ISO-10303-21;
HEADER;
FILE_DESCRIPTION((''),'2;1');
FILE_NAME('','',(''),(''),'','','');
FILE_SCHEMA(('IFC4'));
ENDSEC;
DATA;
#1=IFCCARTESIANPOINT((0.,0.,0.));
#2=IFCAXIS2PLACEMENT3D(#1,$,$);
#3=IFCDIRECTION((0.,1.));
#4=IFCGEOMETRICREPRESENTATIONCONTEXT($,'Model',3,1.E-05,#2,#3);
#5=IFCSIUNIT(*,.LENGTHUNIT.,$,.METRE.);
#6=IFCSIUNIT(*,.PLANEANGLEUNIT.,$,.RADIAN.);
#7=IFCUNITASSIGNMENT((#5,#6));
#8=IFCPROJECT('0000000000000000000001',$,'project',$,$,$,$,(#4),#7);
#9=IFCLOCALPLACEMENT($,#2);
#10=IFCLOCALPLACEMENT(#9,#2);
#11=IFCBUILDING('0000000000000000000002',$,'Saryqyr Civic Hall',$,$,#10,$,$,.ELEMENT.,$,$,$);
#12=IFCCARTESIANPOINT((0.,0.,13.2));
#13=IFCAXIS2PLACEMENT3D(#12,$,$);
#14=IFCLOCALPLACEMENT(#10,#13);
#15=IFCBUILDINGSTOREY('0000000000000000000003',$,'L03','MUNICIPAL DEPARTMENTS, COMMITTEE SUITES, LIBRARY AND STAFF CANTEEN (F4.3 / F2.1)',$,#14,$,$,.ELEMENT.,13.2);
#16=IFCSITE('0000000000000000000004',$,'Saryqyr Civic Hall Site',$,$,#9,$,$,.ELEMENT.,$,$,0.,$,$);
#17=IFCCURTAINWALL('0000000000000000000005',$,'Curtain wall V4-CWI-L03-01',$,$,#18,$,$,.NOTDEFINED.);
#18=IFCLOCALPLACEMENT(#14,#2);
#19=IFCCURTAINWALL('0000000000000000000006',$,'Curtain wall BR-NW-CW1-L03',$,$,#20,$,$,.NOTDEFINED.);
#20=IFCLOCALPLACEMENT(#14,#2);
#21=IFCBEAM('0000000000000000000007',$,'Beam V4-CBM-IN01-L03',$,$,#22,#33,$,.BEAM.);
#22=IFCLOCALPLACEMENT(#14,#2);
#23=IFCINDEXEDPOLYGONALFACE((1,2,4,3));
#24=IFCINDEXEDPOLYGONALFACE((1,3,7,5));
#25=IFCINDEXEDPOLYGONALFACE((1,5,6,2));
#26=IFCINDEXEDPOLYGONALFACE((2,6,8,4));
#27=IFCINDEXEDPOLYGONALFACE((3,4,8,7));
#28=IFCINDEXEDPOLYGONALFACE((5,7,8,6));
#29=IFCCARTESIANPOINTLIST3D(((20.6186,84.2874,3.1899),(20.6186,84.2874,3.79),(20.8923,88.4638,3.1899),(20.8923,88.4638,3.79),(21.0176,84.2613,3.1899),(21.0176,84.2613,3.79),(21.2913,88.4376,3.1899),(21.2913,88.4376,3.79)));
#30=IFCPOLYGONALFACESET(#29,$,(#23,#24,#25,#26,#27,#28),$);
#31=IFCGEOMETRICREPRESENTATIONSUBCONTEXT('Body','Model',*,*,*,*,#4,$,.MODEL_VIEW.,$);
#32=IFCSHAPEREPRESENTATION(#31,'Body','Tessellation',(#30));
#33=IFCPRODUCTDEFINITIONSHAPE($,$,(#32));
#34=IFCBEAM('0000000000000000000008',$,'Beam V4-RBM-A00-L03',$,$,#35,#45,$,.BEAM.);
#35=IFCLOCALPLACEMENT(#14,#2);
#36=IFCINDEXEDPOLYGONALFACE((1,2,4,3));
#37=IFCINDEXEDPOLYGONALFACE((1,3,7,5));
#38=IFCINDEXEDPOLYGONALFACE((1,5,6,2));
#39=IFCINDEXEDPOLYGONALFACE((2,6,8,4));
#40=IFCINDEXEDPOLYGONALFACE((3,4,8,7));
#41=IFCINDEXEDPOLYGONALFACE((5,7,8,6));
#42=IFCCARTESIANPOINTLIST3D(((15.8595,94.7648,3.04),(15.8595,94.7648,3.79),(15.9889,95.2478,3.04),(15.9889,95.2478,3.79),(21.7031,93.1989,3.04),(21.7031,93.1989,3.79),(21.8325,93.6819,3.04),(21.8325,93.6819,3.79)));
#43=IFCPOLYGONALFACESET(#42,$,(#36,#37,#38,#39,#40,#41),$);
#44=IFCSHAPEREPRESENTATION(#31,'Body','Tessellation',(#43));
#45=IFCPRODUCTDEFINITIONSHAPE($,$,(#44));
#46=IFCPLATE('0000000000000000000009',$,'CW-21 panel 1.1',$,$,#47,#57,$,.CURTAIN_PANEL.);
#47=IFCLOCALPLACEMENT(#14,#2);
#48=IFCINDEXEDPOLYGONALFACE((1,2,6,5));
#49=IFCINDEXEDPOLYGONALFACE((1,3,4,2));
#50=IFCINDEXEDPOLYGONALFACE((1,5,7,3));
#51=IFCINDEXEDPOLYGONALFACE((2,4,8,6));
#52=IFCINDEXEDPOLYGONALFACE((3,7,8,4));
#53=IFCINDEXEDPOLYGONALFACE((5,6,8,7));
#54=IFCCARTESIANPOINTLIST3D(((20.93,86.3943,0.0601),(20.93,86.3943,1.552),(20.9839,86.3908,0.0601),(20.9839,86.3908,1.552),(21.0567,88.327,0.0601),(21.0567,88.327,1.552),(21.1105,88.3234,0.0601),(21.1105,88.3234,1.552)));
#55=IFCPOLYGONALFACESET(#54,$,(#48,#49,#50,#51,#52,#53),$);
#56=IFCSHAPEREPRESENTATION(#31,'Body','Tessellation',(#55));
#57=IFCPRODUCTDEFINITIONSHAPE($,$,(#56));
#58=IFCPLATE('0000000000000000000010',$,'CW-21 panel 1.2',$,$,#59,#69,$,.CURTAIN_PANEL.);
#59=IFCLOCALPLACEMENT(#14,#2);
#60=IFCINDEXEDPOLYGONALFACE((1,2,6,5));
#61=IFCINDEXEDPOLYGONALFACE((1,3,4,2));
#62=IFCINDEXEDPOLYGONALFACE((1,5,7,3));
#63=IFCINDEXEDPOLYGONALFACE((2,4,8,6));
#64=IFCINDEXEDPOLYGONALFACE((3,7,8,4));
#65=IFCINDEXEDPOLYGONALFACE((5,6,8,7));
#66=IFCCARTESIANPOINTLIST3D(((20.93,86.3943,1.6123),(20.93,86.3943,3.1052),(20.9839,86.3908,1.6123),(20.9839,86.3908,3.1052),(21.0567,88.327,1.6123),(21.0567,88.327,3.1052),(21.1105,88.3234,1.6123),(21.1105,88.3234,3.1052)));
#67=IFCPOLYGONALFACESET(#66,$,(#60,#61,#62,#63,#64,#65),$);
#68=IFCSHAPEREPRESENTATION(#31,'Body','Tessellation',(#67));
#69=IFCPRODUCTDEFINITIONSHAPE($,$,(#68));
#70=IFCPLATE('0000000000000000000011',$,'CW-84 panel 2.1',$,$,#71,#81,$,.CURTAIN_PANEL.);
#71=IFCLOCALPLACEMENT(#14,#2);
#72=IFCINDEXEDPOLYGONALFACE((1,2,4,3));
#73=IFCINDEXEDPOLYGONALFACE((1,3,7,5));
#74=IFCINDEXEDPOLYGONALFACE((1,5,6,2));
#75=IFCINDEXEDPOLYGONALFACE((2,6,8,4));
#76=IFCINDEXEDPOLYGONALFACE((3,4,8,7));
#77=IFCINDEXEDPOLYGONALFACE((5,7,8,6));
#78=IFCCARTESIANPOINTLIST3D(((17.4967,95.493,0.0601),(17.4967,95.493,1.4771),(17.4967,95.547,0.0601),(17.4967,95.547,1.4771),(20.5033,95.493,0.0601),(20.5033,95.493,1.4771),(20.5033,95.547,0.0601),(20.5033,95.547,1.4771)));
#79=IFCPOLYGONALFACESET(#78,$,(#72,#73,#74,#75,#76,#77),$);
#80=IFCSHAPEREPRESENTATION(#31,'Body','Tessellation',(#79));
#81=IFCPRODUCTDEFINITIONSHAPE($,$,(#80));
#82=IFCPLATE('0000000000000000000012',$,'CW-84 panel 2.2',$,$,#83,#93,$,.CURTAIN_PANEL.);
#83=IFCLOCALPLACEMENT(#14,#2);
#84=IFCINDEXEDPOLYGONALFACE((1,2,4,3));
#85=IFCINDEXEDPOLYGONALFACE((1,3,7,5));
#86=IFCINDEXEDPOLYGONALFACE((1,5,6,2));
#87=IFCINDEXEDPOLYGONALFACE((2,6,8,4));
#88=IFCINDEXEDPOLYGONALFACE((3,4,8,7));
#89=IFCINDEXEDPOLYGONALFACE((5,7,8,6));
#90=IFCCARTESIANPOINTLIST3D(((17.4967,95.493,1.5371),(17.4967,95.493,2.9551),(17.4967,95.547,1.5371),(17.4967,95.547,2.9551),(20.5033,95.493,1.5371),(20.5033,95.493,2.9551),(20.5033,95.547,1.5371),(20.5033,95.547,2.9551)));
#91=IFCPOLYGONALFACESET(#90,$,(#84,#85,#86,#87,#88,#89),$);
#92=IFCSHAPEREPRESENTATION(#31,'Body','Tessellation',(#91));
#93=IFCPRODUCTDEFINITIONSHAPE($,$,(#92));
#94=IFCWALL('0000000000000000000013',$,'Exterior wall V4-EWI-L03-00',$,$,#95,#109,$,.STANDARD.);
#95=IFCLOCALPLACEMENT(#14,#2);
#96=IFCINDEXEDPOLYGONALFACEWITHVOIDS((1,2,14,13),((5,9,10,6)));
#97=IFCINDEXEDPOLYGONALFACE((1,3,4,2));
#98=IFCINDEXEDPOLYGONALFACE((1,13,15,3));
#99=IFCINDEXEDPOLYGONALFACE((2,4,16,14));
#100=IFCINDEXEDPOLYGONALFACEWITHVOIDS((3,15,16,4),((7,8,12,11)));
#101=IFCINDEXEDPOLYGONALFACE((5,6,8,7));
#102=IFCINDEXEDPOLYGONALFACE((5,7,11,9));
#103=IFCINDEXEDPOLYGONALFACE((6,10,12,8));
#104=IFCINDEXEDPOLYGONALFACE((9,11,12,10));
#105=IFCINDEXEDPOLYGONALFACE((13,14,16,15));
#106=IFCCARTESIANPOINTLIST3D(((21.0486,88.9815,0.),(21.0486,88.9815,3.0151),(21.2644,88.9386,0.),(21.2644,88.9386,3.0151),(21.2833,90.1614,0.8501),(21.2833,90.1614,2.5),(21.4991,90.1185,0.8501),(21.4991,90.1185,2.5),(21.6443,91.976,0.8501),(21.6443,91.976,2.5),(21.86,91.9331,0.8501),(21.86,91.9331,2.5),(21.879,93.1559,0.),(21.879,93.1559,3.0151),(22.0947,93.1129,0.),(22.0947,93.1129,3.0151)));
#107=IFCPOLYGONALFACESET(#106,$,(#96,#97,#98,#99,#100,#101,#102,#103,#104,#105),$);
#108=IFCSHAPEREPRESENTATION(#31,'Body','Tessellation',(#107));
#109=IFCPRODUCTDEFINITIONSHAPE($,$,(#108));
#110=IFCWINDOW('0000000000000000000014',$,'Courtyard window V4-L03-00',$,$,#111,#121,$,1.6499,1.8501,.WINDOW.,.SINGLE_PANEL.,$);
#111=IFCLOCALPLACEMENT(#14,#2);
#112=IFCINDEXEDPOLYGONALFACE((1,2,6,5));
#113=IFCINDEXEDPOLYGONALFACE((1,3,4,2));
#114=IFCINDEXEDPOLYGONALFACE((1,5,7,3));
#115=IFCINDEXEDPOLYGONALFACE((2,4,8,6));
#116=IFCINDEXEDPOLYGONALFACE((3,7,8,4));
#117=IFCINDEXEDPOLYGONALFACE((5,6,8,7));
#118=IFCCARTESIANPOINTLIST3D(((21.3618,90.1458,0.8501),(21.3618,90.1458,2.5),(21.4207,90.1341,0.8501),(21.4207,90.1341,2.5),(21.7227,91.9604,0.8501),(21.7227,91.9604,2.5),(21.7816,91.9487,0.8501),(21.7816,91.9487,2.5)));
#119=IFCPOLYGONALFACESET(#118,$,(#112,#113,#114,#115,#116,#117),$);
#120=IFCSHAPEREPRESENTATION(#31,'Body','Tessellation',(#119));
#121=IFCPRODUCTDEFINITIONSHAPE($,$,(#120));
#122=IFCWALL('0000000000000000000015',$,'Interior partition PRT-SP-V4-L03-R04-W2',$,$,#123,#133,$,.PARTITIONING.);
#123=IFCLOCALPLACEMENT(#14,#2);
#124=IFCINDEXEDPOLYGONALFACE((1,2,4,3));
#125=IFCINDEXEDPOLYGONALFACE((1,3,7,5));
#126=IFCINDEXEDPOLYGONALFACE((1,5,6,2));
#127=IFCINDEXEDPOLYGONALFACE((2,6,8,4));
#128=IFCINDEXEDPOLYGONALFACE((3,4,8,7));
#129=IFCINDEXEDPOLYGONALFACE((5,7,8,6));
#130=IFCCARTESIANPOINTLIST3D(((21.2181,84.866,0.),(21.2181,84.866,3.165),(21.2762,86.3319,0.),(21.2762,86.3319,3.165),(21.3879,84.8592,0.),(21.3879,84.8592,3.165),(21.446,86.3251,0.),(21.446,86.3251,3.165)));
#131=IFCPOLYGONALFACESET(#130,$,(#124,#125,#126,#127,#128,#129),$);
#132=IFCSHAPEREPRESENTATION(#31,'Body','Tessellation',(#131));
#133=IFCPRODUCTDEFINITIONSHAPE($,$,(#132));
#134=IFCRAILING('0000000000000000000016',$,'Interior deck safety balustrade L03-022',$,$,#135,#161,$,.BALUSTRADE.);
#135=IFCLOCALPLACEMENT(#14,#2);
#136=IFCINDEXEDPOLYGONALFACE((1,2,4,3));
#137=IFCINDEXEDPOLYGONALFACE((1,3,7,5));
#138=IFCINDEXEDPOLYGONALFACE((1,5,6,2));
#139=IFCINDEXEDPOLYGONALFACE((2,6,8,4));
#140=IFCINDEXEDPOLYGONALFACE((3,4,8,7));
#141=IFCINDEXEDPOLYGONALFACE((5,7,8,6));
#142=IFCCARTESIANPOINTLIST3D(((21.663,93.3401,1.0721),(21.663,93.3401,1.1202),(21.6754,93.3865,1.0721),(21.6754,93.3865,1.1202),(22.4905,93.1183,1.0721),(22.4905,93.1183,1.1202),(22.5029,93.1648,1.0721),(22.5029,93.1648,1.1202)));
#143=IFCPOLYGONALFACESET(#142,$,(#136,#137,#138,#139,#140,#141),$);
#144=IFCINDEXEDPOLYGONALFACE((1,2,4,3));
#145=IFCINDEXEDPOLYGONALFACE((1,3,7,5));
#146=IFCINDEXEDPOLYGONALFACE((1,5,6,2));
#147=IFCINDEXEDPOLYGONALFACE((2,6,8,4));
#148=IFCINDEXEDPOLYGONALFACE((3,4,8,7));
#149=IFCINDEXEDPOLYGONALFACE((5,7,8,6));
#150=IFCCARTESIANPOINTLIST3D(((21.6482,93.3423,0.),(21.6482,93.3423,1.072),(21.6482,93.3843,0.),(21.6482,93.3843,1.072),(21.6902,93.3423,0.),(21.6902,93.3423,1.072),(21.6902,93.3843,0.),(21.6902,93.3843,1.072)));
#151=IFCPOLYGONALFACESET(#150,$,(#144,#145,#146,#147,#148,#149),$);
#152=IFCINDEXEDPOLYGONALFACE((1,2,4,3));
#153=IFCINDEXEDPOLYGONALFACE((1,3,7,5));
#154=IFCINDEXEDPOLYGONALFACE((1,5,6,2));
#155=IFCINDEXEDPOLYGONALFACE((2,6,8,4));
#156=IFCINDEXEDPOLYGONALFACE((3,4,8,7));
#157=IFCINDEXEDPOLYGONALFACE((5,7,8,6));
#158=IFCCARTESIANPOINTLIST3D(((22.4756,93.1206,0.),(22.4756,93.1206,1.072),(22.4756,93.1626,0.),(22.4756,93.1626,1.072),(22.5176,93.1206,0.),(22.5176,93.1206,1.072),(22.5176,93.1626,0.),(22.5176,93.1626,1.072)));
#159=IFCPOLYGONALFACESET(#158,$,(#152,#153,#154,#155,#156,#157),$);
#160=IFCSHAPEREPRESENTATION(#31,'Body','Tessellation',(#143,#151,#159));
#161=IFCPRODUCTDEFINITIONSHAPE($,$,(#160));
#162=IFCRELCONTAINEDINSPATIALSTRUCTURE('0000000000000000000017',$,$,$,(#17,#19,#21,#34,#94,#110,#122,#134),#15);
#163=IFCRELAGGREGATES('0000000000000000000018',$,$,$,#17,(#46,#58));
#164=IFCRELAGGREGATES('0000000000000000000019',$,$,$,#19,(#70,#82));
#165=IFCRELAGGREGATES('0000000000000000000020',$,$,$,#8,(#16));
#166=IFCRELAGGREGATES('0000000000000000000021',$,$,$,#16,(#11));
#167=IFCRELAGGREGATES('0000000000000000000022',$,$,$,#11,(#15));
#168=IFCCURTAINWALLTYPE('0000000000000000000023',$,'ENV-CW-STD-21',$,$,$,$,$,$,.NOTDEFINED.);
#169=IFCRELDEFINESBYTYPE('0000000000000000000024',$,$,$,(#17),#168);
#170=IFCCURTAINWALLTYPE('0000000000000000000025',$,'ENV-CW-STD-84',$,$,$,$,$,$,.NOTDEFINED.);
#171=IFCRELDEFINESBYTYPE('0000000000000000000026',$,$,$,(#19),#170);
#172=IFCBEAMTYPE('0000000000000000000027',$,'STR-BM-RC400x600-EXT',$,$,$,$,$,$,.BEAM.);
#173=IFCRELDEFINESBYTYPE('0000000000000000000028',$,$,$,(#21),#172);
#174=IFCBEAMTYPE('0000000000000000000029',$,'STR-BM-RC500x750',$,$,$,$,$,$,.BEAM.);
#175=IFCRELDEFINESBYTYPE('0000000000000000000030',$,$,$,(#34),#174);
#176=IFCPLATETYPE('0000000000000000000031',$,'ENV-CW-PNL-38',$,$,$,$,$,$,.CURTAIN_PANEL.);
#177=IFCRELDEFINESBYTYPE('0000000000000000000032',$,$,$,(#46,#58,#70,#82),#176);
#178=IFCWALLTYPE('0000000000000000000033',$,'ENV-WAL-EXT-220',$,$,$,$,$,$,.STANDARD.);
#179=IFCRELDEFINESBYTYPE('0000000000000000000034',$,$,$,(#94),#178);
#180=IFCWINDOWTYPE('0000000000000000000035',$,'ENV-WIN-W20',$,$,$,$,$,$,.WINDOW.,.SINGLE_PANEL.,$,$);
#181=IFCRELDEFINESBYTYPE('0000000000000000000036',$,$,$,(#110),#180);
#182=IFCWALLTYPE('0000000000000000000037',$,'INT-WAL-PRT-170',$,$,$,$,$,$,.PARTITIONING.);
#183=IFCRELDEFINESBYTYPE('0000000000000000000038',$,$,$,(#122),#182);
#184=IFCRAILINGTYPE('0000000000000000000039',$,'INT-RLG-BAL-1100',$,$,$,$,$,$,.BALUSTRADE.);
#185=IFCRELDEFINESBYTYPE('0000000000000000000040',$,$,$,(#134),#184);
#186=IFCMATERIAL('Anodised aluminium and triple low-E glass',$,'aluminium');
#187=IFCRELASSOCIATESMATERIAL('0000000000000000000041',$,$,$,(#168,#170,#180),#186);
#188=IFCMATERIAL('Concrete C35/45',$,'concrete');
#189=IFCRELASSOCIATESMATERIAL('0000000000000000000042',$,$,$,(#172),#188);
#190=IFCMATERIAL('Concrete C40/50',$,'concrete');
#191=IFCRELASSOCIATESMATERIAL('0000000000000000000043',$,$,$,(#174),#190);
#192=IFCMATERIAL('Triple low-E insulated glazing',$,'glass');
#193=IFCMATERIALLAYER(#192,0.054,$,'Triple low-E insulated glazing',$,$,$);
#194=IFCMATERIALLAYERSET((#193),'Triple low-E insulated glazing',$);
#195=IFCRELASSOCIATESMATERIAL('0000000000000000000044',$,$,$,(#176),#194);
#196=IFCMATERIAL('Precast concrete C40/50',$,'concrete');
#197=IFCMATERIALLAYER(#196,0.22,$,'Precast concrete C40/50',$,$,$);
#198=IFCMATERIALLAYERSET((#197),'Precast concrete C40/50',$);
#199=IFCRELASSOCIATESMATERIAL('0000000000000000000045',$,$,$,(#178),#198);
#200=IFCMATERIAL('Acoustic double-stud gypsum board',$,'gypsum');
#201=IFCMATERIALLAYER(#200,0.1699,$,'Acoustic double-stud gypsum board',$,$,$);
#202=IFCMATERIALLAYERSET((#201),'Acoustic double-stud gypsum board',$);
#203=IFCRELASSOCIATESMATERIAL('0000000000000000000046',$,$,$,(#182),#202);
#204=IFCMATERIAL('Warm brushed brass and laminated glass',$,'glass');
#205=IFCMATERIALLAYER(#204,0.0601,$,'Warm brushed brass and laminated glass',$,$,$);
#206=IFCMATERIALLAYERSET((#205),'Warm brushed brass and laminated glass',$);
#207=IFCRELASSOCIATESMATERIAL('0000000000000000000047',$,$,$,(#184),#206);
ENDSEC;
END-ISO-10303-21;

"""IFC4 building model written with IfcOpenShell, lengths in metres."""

from ifc_helpers import new_model, si_unit, direction, frame, frame_2d, origin, origin_2d, place, context, subcontext, project, spatial, rectangle, extrude, material, layer, layer_set, material_profile, profile_set, type_object, element, fill, aggregate, save


model = new_model("IFC4")

# Units and contexts
model_context = context("Model", 3, precision=1e-05, world=origin(), true_north=direction((0.0, 1.0)))
body_context = subcontext(model_context, "Body", "Model", "MODEL_VIEW")
ifc_project = project(units=[si_unit("LENGTHUNIT", "METRE"), si_unit("PLANEANGLEUNIT", "RADIAN")], contexts=[model_context])

# Site, building, storey
site_placement = place(None, origin())
site = spatial("IfcSite", under=ifc_project, at=site_placement, Name="Saryqyr Civic Hall Site", CompositionType="ELEMENT", RefElevation=0.0)
building_placement = place(site_placement, origin())
building = spatial("IfcBuilding", under=site, at=building_placement, Name="Saryqyr Civic Hall", CompositionType="ELEMENT")
storey_placement = place(building_placement, frame((0.0, 0.0, 13.2)))
storey = spatial("IfcBuildingStorey", under=building, at=storey_placement, Name="L03", Description="MUNICIPAL DEPARTMENTS, COMMITTEE SUITES, LIBRARY AND STAFF CANTEEN (F4.3 / F2.1)", CompositionType="ELEMENT", Elevation=13.2)

# Shared definitions
ifc_material_1 = material(Name="Concrete C40/50", Category="concrete")

# Curtain wall
ifc_material_2 = material(Name="Anodised aluminium and triple low-E glass", Category="aluminium")
curtain_wall_type_1 = type_object("IfcCurtainWallType", Name="ENV-CW-STD-21", PredefinedType="NOTDEFINED", material=ifc_material_2)
curtain_wall_1_placement = place(storey_placement, origin())
curtain_wall_1 = element("IfcCurtainWall", 1, at=curtain_wall_1_placement, inside=storey, type_object=curtain_wall_type_1, Name="Curtain wall V4-CWI-L03-01", PredefinedType="NOTDEFINED")

# Curtain wall
curtain_wall_type_2 = type_object("IfcCurtainWallType", Name="ENV-CW-STD-84", PredefinedType="NOTDEFINED", material=ifc_material_2)
curtain_wall_2_placement = place(storey_placement, origin())
curtain_wall_2 = element("IfcCurtainWall", 2, at=curtain_wall_2_placement, inside=storey, type_object=curtain_wall_type_2, Name="Curtain wall BR-NW-CW1-L03", PredefinedType="NOTDEFINED")

# Beams
ifc_material_3 = material(Name="Concrete C35/45", Category="concrete")
ifc_material_profile_1 = material_profile(ifc_material_3, rectangle(XDim=0.3999, YDim=0.6001, at=origin_2d()), Name="RC 400x600")
ifc_profile_set_1 = profile_set([ifc_material_profile_1], Name="Concrete C35/45")
beam_type_1 = type_object("IfcBeamType", Name="STR-BM-RC400x600-EXT", PredefinedType="BEAM", material=ifc_profile_set_1)
for number, where, z_axis, x_axis, name in (
    (3, (21.0918, 88.4507, 3.49), (-0.065392, -0.99786, 0.0), (0.99786, -0.065392, 0.0), "Beam V4-CBM-IN01-L03"),
):
    element("IfcBeam", number, at=place(storey_placement, frame(where, z_axis=z_axis, x_axis=x_axis)), inside=storey, type_object=beam_type_1, Name=name, PredefinedType="BEAM", context=body_context, shape_type="SweptSolid", body=[
        extrude(rectangle(XDim=0.3999, YDim=0.6001, at=origin_2d()), origin(), (0.0, 0.0, 1.0), 4.1853),
    ])
ifc_material_profile_2 = material_profile(ifc_material_1, rectangle(XDim=0.5, YDim=0.75, at=origin_2d()), Name="RC 500x750")
ifc_profile_set_2 = profile_set([ifc_material_profile_2], Name="Concrete C40/50")
beam_type_2 = type_object("IfcBeamType", Name="STR-BM-RC500x750", PredefinedType="BEAM", material=ifc_profile_set_2)
beam_placement = place(storey_placement, frame((21.7678, 93.4404, 3.415), z_axis=(-0.965922, 0.258833, 0.0), x_axis=(-0.258833, -0.965922, 0.0)))
element("IfcBeam", 4, at=beam_placement, inside=storey, type_object=beam_type_2, Name="Beam V4-RBM-A00-L03", PredefinedType="BEAM", context=body_context, shape_type="SweptSolid", body=[
    extrude(rectangle(XDim=0.5, YDim=0.75, at=origin_2d()), origin(), (0.0, 0.0, 1.0), 6.0498),
])

# Plates
ifc_material_4 = material(Name="Triple low-E insulated glazing", Category="glass")
ifc_layer_1 = layer(ifc_material_4, 0.054, Name="Triple low-E insulated glazing")
ifc_layer_set_1 = layer_set([ifc_layer_1], Name="Triple low-E insulated glazing")
plate_type = type_object("IfcPlateType", Name="ENV-CW-PNL-38", PredefinedType="CURTAIN_PANEL", material=ifc_layer_set_1)
plate_1_placement = place(storey_placement, frame((21.0203, 87.3589, 0.0601), z_axis=(0.0, 0.0, 1.0), x_axis=(-0.065397, -0.997859, 0.0)))
plate_1 = element("IfcPlate", 5, at=plate_1_placement, type_object=plate_type, Name="CW-21 panel 1.1", PredefinedType="CURTAIN_PANEL", context=body_context, shape_type="SweptSolid", body=[
    extrude(rectangle(XDim=1.9368, YDim=0.054, at=origin_2d()), origin(), (0.0, 0.0, 1.0), 1.4919),
])
plate_2_placement = place(storey_placement, frame((21.0203, 87.3589, 1.6123), z_axis=(0.0, 0.0, 1.0), x_axis=(-0.065397, -0.997859, 0.0)))
plate_2 = element("IfcPlate", 6, at=plate_2_placement, type_object=plate_type, Name="CW-21 panel 1.2", PredefinedType="CURTAIN_PANEL", context=body_context, shape_type="SweptSolid", body=[
    extrude(rectangle(XDim=1.9368, YDim=0.054, at=origin_2d()), origin(), (0.0, 0.0, 1.0), 1.4929),
])
aggregate(curtain_wall_1, [plate_1, plate_2])
plate_3_placement = place(storey_placement, frame((19.0, 95.52, 0.0601), z_axis=(0.0, 0.0, 1.0), x_axis=(-1.0, 0.0, 0.0)))
plate_3 = element("IfcPlate", 7, at=plate_3_placement, type_object=plate_type, Name="CW-84 panel 2.1", PredefinedType="CURTAIN_PANEL", context=body_context, shape_type="SweptSolid", body=[
    extrude(rectangle(XDim=3.0066, YDim=0.054, at=origin_2d()), origin(), (0.0, 0.0, 1.0), 1.417),
])
plate_4_placement = place(storey_placement, frame((19.0, 95.52, 1.5371), z_axis=(0.0, 0.0, 1.0), x_axis=(-1.0, 0.0, 0.0)))
plate_4 = element("IfcPlate", 8, at=plate_4_placement, type_object=plate_type, Name="CW-84 panel 2.2", PredefinedType="CURTAIN_PANEL", context=body_context, shape_type="SweptSolid", body=[
    extrude(rectangle(XDim=3.0066, YDim=0.054, at=origin_2d()), origin(), (0.0, 0.0, 1.0), 1.418),
])
aggregate(curtain_wall_2, [plate_3, plate_4])

# Wall, opening, window
ifc_material_5 = material(Name="Precast concrete C40/50", Category="concrete")
ifc_layer_2 = layer(ifc_material_5, 0.22, Name="Precast concrete C40/50")
ifc_layer_set_2 = layer_set([ifc_layer_2], Name="Precast concrete C40/50")
wall_type_1 = type_object("IfcWallType", Name="ENV-WAL-EXT-220", PredefinedType="STANDARD", material=ifc_layer_set_2)
wall_1_placement = place(storey_placement, frame((21.9868, 93.1343, 0.0), z_axis=(0.0, 0.0, 1.0), x_axis=(-0.19509, -0.980785, 0.0)))
wall_1 = element("IfcWall", 9, at=wall_1_placement, inside=storey, type_object=wall_type_1, Name="Exterior wall V4-EWI-L03-00", PredefinedType="STANDARD", context=body_context, shape_type="SweptSolid", body=[
    extrude(rectangle(XDim=4.2561, YDim=0.22, at=frame_2d((2.1279, 0.0))), origin(), (0.0, 0.0, 1.0), 3.0151),
])
opening_placement = place(wall_1_placement, frame((1.2029, 0.0, 0.8501)))
opening = element("IfcOpeningElement", 10, at=opening_placement, cuts=wall_1, PredefinedType="OPENING", context=body_context, shape_type="SweptSolid", body=[
    extrude(rectangle(XDim=1.8501, YDim=1.6499, at=frame_2d((0.925, 0.825))), frame((0.0, 0.1199, 0.0), z_axis=(0.0, -1.0, 0.0), x_axis=(1.0, 0.0, 0.0)), (0.0, 0.0, 1.0), 0.24),
])
window_type = type_object("IfcWindowType", Name="ENV-WIN-W20", PartitioningType="SINGLE_PANEL", PredefinedType="WINDOW", material=ifc_material_2)
window_placement = place(opening_placement, origin())
window = element("IfcWindow", 11, at=window_placement, inside=storey, type_object=window_type, Name="Courtyard window V4-L03-00", OverallHeight=1.6499, OverallWidth=1.8501, PartitioningType="SINGLE_PANEL", PredefinedType="WINDOW", context=body_context, shape_type="SweptSolid", body=[
    extrude(rectangle(XDim=1.8501, YDim=1.6499, at=frame_2d((0.925, 0.825))), frame((0.0, 0.03, 0.0), z_axis=(0.0, -1.0, 0.0), x_axis=(1.0, 0.0, 0.0)), (0.0, 0.0, 1.0), 0.0601),
])
fill(opening, window)

# Wall
ifc_material_6 = material(Name="Acoustic double-stud gypsum board", Category="gypsum")
ifc_layer_3 = layer(ifc_material_6, 0.1699, Name="Acoustic double-stud gypsum board")
ifc_layer_set_3 = layer_set([ifc_layer_3], Name="Acoustic double-stud gypsum board")
wall_type_2 = type_object("IfcWallType", Name="INT-WAL-PRT-170", PredefinedType="PARTITIONING", material=ifc_layer_set_3)
wall_2_placement = place(storey_placement, frame((21.3611, 86.3284, 0.0), z_axis=(0.0, 0.0, 1.0), x_axis=(-0.039609, -0.999215, 0.0)))
element("IfcWall", 12, at=wall_2_placement, inside=storey, type_object=wall_type_2, Name="Interior partition PRT-SP-V4-L03-R04-W2", PredefinedType="PARTITIONING", context=body_context, shape_type="SweptSolid", body=[
    extrude(rectangle(XDim=1.467, YDim=0.1699, at=frame_2d((0.7334, 0.0))), origin(), (0.0, 0.0, 1.0), 3.165),
])

# Railing
ifc_material_7 = material(Name="Warm brushed brass and laminated glass", Category="glass")
ifc_layer_4 = layer(ifc_material_7, 0.0601, Name="Warm brushed brass and laminated glass")
ifc_layer_set_4 = layer_set([ifc_layer_4], Name="Warm brushed brass and laminated glass")
railing_type = type_object("IfcRailingType", Name="INT-RLG-BAL-1100", PredefinedType="BALUSTRADE", material=ifc_layer_set_4)
railing_1_placement = place(storey_placement, frame((21.6692, 93.3633, 0.0)))
element("IfcRailing", 13, at=railing_1_placement, inside=storey, type_object=railing_type, Name="Interior deck safety balustrade L03-022", PredefinedType="BALUSTRADE", context=body_context, shape_type="SweptSolid", body=[
    extrude(rectangle(XDim=0.0481, YDim=0.0481, at=origin_2d()), frame((0.0, 0.0, 1.0962), z_axis=(0.965932, -0.258798, 0.0), x_axis=(0.258798, 0.965932, 0.0)), (0.0, 0.0, 1.0), 0.8567),
    extrude(rectangle(XDim=0.042, YDim=0.042, at=origin_2d()), origin(), (0.0, 0.0, 1.0), 1.072),
    extrude(rectangle(XDim=0.042, YDim=0.042, at=origin_2d()), frame((0.8274, -0.2217, 0.0)), (0.0, 0.0, 1.0), 1.072),
])

save(model, "model.ifc")
